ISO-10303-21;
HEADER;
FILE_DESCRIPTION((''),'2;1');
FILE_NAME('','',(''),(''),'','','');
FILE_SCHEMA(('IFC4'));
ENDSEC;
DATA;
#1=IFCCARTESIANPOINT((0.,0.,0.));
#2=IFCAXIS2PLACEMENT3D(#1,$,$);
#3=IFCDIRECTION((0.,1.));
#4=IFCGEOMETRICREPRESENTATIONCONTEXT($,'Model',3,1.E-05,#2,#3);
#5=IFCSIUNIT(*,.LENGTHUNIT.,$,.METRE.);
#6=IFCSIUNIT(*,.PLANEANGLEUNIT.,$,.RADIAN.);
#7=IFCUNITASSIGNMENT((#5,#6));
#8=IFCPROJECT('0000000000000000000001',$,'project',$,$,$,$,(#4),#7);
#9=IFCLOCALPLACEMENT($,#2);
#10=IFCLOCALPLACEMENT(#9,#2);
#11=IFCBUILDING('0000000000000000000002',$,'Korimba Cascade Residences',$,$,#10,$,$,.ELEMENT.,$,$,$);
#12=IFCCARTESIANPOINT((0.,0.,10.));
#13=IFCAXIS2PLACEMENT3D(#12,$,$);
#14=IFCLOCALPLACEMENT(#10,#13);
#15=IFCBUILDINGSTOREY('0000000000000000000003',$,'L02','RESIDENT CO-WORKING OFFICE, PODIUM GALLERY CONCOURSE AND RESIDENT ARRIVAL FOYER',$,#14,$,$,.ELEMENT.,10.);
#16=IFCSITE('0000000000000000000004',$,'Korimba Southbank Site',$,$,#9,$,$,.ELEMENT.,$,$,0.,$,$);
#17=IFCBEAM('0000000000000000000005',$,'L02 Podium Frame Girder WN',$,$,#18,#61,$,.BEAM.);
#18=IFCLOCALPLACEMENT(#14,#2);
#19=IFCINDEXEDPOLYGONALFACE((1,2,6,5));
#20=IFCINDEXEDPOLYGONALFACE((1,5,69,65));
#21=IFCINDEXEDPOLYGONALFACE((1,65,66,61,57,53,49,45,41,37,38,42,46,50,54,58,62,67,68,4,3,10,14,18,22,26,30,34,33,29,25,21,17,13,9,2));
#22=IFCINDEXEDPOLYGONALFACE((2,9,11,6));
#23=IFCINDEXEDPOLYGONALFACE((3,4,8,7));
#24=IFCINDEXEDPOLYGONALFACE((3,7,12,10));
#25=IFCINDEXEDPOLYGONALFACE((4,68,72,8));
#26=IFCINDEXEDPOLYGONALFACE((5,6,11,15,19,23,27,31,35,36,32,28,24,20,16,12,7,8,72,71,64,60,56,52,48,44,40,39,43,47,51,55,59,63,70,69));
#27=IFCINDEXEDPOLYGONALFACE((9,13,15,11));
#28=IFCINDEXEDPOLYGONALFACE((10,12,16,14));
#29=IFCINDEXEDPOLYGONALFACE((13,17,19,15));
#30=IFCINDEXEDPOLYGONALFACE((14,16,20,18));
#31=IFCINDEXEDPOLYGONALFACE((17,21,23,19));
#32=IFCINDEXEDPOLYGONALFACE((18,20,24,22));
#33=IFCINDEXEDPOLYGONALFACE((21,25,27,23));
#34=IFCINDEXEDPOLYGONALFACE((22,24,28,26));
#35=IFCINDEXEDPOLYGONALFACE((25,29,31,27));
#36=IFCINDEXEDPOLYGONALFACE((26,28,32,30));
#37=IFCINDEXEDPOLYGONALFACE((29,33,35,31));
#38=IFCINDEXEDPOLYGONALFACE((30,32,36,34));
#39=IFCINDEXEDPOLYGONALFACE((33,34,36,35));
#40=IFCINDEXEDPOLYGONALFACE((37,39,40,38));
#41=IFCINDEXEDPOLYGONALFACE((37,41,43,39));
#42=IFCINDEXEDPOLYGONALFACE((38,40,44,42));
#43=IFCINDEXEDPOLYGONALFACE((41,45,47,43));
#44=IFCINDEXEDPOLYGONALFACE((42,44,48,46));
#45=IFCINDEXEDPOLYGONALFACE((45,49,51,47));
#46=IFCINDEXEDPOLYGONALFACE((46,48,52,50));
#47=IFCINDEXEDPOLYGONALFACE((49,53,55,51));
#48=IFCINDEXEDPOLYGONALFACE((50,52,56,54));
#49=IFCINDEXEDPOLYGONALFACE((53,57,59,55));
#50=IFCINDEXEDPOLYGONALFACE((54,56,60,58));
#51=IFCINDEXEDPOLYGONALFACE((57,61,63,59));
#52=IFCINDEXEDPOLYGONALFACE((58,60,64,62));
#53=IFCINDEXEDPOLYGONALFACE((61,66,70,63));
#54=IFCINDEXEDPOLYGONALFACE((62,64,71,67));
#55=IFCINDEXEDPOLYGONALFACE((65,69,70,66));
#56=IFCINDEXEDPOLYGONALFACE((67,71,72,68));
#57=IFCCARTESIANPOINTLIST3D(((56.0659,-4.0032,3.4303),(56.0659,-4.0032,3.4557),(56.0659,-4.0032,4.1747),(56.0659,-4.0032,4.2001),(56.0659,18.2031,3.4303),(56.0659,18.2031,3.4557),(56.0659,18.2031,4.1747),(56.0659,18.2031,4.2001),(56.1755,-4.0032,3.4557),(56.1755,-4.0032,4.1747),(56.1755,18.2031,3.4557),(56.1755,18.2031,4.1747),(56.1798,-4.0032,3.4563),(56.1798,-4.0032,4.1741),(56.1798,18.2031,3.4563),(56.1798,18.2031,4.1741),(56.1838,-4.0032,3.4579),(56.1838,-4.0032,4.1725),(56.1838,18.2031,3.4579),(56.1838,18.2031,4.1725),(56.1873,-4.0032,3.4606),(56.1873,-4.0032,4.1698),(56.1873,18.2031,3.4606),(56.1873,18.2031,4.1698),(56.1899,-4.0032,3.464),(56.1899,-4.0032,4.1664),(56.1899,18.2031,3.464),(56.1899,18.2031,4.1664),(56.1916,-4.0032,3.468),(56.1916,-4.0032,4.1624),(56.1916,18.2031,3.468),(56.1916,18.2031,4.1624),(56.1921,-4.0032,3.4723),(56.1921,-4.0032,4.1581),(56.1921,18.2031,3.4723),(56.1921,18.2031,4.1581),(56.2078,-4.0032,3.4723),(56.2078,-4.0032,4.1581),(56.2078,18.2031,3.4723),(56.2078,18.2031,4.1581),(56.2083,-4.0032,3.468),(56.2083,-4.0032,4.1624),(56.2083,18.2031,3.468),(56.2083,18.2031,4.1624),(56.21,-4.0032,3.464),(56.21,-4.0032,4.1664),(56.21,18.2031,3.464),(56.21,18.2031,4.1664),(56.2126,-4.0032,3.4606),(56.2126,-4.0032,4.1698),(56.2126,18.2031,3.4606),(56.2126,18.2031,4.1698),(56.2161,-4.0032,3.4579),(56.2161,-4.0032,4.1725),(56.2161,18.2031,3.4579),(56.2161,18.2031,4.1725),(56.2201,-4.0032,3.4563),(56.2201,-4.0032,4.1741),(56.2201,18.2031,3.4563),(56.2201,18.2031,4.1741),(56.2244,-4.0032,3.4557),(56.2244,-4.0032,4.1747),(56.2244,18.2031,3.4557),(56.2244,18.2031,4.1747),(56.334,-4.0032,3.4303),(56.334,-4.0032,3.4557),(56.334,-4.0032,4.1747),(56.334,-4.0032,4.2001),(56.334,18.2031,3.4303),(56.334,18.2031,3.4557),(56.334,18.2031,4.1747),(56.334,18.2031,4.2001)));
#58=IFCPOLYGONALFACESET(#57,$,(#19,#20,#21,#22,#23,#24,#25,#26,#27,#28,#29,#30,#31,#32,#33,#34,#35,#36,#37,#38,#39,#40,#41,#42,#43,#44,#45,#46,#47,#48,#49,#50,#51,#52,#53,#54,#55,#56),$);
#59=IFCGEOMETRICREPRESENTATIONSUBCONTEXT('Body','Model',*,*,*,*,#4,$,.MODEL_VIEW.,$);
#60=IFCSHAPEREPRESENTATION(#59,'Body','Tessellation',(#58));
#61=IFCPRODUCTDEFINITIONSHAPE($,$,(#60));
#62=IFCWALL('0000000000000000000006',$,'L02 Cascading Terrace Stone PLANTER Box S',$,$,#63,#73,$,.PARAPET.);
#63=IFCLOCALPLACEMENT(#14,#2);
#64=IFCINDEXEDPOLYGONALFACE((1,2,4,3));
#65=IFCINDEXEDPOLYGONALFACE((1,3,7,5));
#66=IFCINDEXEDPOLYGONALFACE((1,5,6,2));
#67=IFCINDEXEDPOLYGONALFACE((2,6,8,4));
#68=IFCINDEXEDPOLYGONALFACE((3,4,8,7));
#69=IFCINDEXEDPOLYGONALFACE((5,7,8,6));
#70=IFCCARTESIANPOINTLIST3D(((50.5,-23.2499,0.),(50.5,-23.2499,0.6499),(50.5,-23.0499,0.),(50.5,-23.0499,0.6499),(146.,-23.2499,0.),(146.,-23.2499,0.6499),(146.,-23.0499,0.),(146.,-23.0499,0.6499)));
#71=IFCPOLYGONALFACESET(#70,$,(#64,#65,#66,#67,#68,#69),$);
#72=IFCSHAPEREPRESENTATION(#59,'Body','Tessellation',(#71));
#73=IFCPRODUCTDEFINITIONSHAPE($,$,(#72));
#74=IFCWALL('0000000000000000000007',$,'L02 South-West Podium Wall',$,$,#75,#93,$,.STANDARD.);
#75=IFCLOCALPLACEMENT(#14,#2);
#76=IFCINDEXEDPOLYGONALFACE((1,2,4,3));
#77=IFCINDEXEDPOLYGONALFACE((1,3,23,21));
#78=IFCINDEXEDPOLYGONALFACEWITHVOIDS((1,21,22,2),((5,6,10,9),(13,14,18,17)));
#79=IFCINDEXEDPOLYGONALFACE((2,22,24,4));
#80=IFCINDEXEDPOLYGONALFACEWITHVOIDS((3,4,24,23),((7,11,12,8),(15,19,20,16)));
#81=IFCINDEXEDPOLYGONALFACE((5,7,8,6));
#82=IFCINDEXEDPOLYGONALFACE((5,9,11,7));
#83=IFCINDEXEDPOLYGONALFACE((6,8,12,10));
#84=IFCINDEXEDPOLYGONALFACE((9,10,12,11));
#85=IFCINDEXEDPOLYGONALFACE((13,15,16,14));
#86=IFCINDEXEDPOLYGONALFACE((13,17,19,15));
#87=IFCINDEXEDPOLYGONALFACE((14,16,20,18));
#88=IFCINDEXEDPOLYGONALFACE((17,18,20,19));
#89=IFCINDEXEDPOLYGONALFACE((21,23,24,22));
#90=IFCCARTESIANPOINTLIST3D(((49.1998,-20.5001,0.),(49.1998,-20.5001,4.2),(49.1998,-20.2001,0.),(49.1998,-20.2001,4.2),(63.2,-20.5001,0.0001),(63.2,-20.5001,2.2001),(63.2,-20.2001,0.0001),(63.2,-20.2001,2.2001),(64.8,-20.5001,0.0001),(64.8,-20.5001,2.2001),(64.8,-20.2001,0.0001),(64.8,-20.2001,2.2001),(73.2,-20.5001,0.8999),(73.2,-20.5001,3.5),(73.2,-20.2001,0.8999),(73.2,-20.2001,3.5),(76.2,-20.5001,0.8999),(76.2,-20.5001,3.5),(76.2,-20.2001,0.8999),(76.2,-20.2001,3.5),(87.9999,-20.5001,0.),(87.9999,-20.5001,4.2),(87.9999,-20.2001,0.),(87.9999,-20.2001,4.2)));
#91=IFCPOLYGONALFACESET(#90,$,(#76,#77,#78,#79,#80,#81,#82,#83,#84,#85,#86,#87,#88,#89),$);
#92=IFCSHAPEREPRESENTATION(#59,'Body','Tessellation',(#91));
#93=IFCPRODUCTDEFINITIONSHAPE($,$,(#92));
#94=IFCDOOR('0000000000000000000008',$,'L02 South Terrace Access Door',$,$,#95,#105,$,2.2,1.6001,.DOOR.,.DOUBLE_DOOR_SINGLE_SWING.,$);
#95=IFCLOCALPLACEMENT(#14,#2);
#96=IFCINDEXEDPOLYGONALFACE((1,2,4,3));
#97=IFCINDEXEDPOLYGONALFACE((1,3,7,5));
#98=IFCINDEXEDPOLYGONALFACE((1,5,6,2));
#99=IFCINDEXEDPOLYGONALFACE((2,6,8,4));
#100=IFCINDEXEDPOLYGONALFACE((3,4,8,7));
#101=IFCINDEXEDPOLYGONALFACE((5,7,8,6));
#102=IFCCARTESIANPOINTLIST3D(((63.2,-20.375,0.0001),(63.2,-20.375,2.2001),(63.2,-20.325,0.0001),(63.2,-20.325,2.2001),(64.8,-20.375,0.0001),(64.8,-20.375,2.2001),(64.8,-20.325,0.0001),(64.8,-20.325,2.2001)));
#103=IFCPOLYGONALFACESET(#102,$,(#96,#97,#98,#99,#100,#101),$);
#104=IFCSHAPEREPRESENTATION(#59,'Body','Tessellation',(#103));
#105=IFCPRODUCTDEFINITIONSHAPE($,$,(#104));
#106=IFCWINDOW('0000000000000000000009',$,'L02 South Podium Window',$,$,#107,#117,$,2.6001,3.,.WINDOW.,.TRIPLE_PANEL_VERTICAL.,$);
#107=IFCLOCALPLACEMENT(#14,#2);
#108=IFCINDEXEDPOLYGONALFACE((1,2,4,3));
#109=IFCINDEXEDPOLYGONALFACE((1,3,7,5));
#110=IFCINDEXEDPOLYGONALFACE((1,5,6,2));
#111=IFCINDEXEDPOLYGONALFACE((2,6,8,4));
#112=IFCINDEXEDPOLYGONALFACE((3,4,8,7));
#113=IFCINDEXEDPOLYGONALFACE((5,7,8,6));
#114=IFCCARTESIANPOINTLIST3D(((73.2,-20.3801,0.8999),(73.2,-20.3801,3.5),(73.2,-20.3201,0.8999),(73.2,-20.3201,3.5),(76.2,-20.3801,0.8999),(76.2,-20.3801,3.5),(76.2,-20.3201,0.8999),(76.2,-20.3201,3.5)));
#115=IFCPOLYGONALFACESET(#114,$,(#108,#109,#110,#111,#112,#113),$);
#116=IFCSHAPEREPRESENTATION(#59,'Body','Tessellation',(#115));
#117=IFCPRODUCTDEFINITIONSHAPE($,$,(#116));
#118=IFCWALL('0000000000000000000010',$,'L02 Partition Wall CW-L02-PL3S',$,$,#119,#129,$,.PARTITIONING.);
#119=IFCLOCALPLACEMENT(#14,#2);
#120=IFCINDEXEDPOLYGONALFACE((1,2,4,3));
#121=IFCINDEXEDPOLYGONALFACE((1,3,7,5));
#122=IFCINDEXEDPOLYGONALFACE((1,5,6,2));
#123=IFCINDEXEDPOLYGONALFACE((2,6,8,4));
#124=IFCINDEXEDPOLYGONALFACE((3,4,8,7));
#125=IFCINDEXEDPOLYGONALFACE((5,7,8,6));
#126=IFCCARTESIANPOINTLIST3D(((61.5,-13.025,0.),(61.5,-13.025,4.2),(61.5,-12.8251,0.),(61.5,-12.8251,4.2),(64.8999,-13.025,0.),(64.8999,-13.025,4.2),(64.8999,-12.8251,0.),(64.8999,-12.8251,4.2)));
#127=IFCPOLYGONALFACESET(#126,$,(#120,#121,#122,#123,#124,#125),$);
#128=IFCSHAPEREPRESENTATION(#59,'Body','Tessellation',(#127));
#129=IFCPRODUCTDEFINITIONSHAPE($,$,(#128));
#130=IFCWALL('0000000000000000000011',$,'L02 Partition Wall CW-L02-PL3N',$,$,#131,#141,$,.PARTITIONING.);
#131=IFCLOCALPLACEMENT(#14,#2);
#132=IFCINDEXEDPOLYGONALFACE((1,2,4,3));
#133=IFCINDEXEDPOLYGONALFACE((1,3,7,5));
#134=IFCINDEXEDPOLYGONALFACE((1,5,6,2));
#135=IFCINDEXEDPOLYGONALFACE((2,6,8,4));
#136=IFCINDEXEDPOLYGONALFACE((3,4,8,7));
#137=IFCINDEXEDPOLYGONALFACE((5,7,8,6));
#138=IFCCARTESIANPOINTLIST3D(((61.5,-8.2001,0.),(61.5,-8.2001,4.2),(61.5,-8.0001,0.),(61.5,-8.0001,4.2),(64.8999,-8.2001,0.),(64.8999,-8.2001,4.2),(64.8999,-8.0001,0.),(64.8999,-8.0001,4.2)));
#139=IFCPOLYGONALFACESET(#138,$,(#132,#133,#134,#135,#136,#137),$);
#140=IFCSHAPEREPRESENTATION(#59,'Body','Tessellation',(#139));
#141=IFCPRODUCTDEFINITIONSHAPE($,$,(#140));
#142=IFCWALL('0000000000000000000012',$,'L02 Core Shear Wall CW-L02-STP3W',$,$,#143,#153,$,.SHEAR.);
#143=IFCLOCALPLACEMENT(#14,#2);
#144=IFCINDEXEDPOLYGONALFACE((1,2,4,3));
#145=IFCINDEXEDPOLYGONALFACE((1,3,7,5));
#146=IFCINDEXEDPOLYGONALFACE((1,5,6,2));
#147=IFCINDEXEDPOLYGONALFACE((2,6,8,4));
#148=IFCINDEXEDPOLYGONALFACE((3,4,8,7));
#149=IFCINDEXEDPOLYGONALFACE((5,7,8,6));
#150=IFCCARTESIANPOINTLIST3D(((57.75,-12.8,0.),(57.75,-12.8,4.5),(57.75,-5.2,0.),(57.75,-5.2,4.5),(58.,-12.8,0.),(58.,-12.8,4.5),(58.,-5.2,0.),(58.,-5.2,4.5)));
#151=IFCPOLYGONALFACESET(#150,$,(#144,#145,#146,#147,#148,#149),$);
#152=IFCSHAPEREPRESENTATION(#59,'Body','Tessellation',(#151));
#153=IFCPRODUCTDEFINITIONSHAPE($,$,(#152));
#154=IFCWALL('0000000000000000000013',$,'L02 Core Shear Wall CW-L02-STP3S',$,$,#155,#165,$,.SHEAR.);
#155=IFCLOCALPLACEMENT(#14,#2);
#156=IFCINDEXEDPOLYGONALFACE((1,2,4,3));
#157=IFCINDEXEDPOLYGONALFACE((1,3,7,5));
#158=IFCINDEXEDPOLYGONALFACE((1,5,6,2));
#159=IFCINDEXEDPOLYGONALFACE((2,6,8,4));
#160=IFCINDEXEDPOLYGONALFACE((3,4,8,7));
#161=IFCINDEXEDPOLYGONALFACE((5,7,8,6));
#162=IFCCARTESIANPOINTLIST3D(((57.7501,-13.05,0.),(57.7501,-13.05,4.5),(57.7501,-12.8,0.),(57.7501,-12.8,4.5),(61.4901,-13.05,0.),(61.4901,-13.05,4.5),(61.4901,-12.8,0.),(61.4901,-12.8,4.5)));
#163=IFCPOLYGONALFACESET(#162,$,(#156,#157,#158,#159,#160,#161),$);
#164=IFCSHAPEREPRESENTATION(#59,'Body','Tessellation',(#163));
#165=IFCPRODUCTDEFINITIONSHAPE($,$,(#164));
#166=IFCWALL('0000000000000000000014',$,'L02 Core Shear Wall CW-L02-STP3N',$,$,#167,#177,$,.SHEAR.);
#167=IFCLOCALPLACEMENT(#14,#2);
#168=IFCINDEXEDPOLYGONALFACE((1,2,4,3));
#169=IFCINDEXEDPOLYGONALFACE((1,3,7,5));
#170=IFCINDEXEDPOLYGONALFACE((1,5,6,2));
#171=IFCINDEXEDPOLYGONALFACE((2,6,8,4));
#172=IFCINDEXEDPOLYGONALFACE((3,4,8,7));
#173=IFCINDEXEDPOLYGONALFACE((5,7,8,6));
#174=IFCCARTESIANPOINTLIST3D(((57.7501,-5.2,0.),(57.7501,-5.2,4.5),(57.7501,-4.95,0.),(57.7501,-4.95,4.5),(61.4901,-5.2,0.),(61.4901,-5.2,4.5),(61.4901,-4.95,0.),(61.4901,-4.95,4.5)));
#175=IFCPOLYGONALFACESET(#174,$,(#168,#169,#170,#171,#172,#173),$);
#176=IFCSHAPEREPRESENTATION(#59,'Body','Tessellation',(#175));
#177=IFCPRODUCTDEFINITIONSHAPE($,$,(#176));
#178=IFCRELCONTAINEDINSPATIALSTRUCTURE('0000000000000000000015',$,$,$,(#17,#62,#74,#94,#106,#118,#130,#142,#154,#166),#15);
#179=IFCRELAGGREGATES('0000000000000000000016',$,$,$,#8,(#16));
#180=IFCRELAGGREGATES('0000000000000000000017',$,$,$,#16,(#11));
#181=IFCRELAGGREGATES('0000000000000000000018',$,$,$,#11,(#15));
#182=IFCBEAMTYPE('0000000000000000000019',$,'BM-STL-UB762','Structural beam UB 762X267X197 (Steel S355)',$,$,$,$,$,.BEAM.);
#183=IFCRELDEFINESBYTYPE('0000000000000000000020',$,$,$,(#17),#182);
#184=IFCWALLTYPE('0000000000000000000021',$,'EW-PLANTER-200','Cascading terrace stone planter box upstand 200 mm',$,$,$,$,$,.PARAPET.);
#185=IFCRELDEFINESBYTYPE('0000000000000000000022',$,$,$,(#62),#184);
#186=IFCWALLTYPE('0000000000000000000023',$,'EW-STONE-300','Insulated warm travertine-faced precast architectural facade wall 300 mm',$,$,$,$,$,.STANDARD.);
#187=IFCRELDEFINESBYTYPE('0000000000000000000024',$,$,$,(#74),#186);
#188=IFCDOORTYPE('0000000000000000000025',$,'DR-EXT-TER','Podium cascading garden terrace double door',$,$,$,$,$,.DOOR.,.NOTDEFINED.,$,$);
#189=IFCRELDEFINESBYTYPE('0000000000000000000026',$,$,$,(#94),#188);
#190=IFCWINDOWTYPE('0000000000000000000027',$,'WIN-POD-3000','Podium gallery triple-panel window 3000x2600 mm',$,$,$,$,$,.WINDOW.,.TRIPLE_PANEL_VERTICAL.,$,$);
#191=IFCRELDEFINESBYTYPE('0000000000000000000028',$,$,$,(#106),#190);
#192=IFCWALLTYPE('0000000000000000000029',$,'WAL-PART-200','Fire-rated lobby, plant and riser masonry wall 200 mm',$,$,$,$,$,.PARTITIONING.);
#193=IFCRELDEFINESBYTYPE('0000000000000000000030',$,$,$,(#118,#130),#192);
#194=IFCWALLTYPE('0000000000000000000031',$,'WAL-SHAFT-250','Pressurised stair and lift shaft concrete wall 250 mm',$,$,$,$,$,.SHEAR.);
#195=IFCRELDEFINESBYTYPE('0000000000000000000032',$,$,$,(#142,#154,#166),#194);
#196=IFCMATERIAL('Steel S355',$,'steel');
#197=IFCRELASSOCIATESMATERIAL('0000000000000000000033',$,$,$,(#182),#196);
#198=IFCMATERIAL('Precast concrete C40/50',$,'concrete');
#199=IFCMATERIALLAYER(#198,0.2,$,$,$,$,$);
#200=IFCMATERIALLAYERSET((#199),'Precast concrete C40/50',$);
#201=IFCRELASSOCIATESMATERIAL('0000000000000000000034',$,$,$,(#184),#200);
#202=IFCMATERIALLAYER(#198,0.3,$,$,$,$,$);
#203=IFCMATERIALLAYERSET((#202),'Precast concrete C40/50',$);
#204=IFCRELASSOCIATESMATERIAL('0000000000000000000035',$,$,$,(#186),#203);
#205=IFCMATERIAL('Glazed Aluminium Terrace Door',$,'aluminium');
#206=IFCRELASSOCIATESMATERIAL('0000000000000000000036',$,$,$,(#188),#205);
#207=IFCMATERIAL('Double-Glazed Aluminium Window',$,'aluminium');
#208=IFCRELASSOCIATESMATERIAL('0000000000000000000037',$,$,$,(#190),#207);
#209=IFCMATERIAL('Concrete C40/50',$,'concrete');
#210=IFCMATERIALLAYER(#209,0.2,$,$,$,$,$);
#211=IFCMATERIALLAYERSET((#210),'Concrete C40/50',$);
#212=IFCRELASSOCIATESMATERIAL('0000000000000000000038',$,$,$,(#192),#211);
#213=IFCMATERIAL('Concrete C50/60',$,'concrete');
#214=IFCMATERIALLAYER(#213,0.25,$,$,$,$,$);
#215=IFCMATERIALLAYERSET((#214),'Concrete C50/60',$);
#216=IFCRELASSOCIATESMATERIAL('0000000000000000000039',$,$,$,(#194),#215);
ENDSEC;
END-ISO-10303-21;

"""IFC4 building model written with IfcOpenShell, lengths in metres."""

from ifc_helpers import new_model, si_unit, direction, frame, frame_2d, origin, origin_2d, place, context, subcontext, project, spatial, rectangle, i_section, extrude, material, layer, layer_set, material_profile, profile_set, type_object, element, fill, save


model = new_model("IFC4")

# Units and contexts
model_context = context("Model", 3, precision=1e-05, world=origin(), true_north=direction((0.0, 1.0)))
body_context = subcontext(model_context, "Body", "Model", "MODEL_VIEW")
ifc_project = project(units=[si_unit("LENGTHUNIT", "METRE"), si_unit("PLANEANGLEUNIT", "RADIAN")], contexts=[model_context])

# Site, building, storey
site_placement = place(None, origin())
site = spatial("IfcSite", under=ifc_project, at=site_placement, Name="Korimba Southbank Site", CompositionType="ELEMENT", RefElevation=0.0)
building_placement = place(site_placement, origin())
building = spatial("IfcBuilding", under=site, at=building_placement, Name="Korimba Cascade Residences", CompositionType="ELEMENT")
storey_placement = place(building_placement, frame((0.0, 0.0, 10.0)))
storey = spatial("IfcBuildingStorey", under=building, at=storey_placement, Name="L02", Description="RESIDENT CO-WORKING OFFICE, PODIUM GALLERY CONCOURSE AND RESIDENT ARRIVAL FOYER", CompositionType="ELEMENT", Elevation=10.0)

# Shared definitions
ifc_material_1 = material(Name="Steel S355", Category="steel")

# Beam
ifc_material_profile_1 = material_profile(ifc_material_1, i_section(OverallWidth=0.2681, OverallDepth=0.7698, WebThickness=0.0156, FlangeThickness=0.0254, FilletRadius=0.0166, at=origin_2d()), Name="Steel S355")
ifc_profile_set_1 = profile_set([ifc_material_profile_1], Name="Steel S355")
beam_type = type_object("IfcBeamType", Name="BM-STL-UB762", Description="Structural beam UB 762X267X197 (Steel S355)", PredefinedType="BEAM", material=ifc_profile_set_1)
beam_placement = place(storey_placement, frame((56.2, -4.0032, 3.8152), z_axis=(0.0, 1.0, 0.0), x_axis=(-1.0, 0.0, 0.0)))
element("IfcBeam", 1, at=beam_placement, inside=storey, type_object=beam_type, Name="L02 Podium Frame Girder WN", PredefinedType="BEAM", context=body_context, shape_type="SweptSolid", body=[
    extrude(i_section(OverallWidth=0.2681, OverallDepth=0.7698, WebThickness=0.0156, FlangeThickness=0.0254, FilletRadius=0.0166, at=origin_2d()), origin(), (0.0, 0.0, 1.0), 22.2063),
])

# Wall
ifc_material_2 = material(Name="Precast concrete C40/50", Category="concrete")
ifc_layer_1 = layer(ifc_material_2, 0.2)
ifc_layer_set_1 = layer_set([ifc_layer_1], Name="Precast concrete C40/50")
wall_type_1 = type_object("IfcWallType", Name="EW-PLANTER-200", Description="Cascading terrace stone planter box upstand 200 mm", PredefinedType="PARAPET", material=ifc_layer_set_1)
wall_1_placement = place(storey_placement, frame((50.5, -23.1499, 0.0), z_axis=(0.0, 0.0, 1.0), x_axis=(1.0, 0.0, 0.0)))
element("IfcWall", 2, at=wall_1_placement, inside=storey, type_object=wall_type_1, Name="L02 Cascading Terrace Stone PLANTER Box S", PredefinedType="PARAPET", context=body_context, shape_type="SweptSolid", body=[
    extrude(rectangle(XDim=95.5, YDim=0.2, at=frame_2d((47.75, 0.0))), origin(), (0.0, 0.0, 1.0), 0.6499),
])

# Wall, openings, door, window
ifc_layer_2 = layer(ifc_material_2, 0.3)
ifc_layer_set_2 = layer_set([ifc_layer_2], Name="Precast concrete C40/50")
wall_type_2 = type_object("IfcWallType", Name="EW-STONE-300", Description="Insulated warm travertine-faced precast architectural facade wall 300 mm", PredefinedType="STANDARD", material=ifc_layer_set_2)
wall_2_placement = place(storey_placement, frame((49.2, -20.3501, 0.0), z_axis=(0.0, 0.0, 1.0), x_axis=(1.0, 0.0, 0.0)))
wall_2 = element("IfcWall", 3, at=wall_2_placement, inside=storey, type_object=wall_type_2, Name="L02 South-West Podium Wall", PredefinedType="STANDARD", context=body_context, shape_type="SweptSolid", body=[
    extrude(rectangle(XDim=38.8, YDim=0.3, at=frame_2d((19.3999, 0.0))), origin(), (0.0, 0.0, 1.0), 4.2),
])
opening_1_placement = place(wall_2_placement, frame((14.0, 0.0, 0.0)))
opening_1 = element("IfcOpeningElement", 4, at=opening_1_placement, cuts=wall_2, PredefinedType="OPENING", context=body_context, shape_type="SweptSolid", body=[
    extrude(rectangle(XDim=1.6001, YDim=2.2, at=frame_2d((0.8, 1.1001))), frame((0.0, 0.1602, 0.0), z_axis=(0.0, -1.0, 0.0), x_axis=(1.0, 0.0, 0.0)), (0.0, 0.0, 1.0), 0.3201),
])
opening_2_placement = place(wall_2_placement, frame((24.0, 0.0, 0.8999)))
opening_2 = element("IfcOpeningElement", 5, at=opening_2_placement, cuts=wall_2, PredefinedType="OPENING", context=body_context, shape_type="SweptSolid", body=[
    extrude(rectangle(XDim=3.0, YDim=2.6001, at=frame_2d((1.5, 1.3))), frame((0.0, 0.1602, 0.0), z_axis=(0.0, -1.0, 0.0), x_axis=(1.0, 0.0, 0.0)), (0.0, 0.0, 1.0), 0.3201),
])
ifc_material_3 = material(Name="Glazed Aluminium Terrace Door", Category="aluminium")
door_type_1 = type_object("IfcDoorType", Name="DR-EXT-TER", Description="Podium cascading garden terrace double door", OperationType="NOTDEFINED", PredefinedType="DOOR", material=ifc_material_3)
door_1_placement = place(opening_1_placement, frame((1.6001, 0.0, 0.0), z_axis=(0.0, 0.0, 1.0), x_axis=(-1.0, 0.0, 0.0)))
door_1 = element("IfcDoor", 6, at=door_1_placement, inside=storey, type_object=door_type_1, Name="L02 South Terrace Access Door", OperationType="DOUBLE_DOOR_SINGLE_SWING", OverallHeight=2.2, OverallWidth=1.6001, PredefinedType="DOOR", context=body_context, shape_type="SweptSolid", body=[
    extrude(rectangle(XDim=1.6001, YDim=2.2, at=frame_2d((0.8, 1.1001))), frame((0.0, 0.0249, 0.0), z_axis=(0.0, -1.0, 0.0), x_axis=(1.0, 0.0, 0.0)), (0.0, 0.0, 1.0), 0.05),
])
fill(opening_1, door_1)
ifc_material_4 = material(Name="Double-Glazed Aluminium Window", Category="aluminium")
window_type = type_object("IfcWindowType", Name="WIN-POD-3000", Description="Podium gallery triple-panel window 3000x2600 mm", PartitioningType="TRIPLE_PANEL_VERTICAL", PredefinedType="WINDOW", material=ifc_material_4)
window_placement = place(opening_2_placement, origin())
window = element("IfcWindow", 7, at=window_placement, inside=storey, type_object=window_type, Name="L02 South Podium Window", OverallHeight=2.6001, OverallWidth=3.0, PartitioningType="TRIPLE_PANEL_VERTICAL", PredefinedType="WINDOW", context=body_context, shape_type="SweptSolid", body=[
    extrude(rectangle(XDim=3.0, YDim=2.6001, at=frame_2d((1.5, 1.3))), frame((0.0, 0.03, 0.0), z_axis=(0.0, -1.0, 0.0), x_axis=(1.0, 0.0, 0.0)), (0.0, 0.0, 1.0), 0.0601),
])
fill(opening_2, window)

# Shared definitions
ifc_material_5 = material(Name="Concrete C40/50", Category="concrete")
ifc_layer_3 = layer(ifc_material_5, 0.2)
ifc_layer_set_3 = layer_set([ifc_layer_3], Name="Concrete C40/50")
wall_type_3 = type_object("IfcWallType", Name="WAL-PART-200", Description="Fire-rated lobby, plant and riser masonry wall 200 mm", PredefinedType="PARTITIONING", material=ifc_layer_set_3)

# Walls
for number, where, z_axis, x_axis, name in (
    (8, (61.5, -12.925, 0.0), (0.0, 0.0, 1.0), (1.0, 0.0, 0.0), "L02 Partition Wall CW-L02-PL3S"),
    (9, (61.5, -8.1001, 0.0), (0.0, 0.0, 1.0), (1.0, 0.0, 0.0), "L02 Partition Wall CW-L02-PL3N"),
):
    element("IfcWall", number, at=place(storey_placement, frame(where, z_axis=z_axis, x_axis=x_axis)), inside=storey, type_object=wall_type_3, Name=name, PredefinedType="PARTITIONING", context=body_context, shape_type="SweptSolid", body=[
        extrude(rectangle(XDim=3.3999, YDim=0.2, at=frame_2d((1.7, 0.0))), origin(), (0.0, 0.0, 1.0), 4.2),
    ])
ifc_material_6 = material(Name="Concrete C50/60", Category="concrete")
ifc_layer_4 = layer(ifc_material_6, 0.25)
ifc_layer_set_4 = layer_set([ifc_layer_4], Name="Concrete C50/60")
wall_type_4 = type_object("IfcWallType", Name="WAL-SHAFT-250", Description="Pressurised stair and lift shaft concrete wall 250 mm", PredefinedType="SHEAR", material=ifc_layer_set_4)
wall_3_placement = place(storey_placement, frame((57.875, -12.8, 0.0), z_axis=(0.0, 0.0, 1.0), x_axis=(0.0, 1.0, 0.0)))
element("IfcWall", 10, at=wall_3_placement, inside=storey, type_object=wall_type_4, Name="L02 Core Shear Wall CW-L02-STP3W", PredefinedType="SHEAR", context=body_context, shape_type="SweptSolid", body=[
    extrude(rectangle(XDim=7.6001, YDim=0.25, at=frame_2d((3.8, 0.0))), origin(), (0.0, 0.0, 1.0), 4.5),
])
for number, where, z_axis, x_axis, name in (
    (11, (57.75, -12.925, 0.0), (0.0, 0.0, 1.0), (1.0, 0.0, 0.0), "L02 Core Shear Wall CW-L02-STP3S"),
    (12, (57.75, -5.075, 0.0), (0.0, 0.0, 1.0), (1.0, 0.0, 0.0), "L02 Core Shear Wall CW-L02-STP3N"),
):
    element("IfcWall", number, at=place(storey_placement, frame(where, z_axis=z_axis, x_axis=x_axis)), inside=storey, type_object=wall_type_4, Name=name, PredefinedType="SHEAR", context=body_context, shape_type="SweptSolid", body=[
        extrude(rectangle(XDim=3.74, YDim=0.25, at=frame_2d((1.8701, 0.0))), origin(), (0.0, 0.0, 1.0), 4.5),
    ])

save(model, "model.ifc")
